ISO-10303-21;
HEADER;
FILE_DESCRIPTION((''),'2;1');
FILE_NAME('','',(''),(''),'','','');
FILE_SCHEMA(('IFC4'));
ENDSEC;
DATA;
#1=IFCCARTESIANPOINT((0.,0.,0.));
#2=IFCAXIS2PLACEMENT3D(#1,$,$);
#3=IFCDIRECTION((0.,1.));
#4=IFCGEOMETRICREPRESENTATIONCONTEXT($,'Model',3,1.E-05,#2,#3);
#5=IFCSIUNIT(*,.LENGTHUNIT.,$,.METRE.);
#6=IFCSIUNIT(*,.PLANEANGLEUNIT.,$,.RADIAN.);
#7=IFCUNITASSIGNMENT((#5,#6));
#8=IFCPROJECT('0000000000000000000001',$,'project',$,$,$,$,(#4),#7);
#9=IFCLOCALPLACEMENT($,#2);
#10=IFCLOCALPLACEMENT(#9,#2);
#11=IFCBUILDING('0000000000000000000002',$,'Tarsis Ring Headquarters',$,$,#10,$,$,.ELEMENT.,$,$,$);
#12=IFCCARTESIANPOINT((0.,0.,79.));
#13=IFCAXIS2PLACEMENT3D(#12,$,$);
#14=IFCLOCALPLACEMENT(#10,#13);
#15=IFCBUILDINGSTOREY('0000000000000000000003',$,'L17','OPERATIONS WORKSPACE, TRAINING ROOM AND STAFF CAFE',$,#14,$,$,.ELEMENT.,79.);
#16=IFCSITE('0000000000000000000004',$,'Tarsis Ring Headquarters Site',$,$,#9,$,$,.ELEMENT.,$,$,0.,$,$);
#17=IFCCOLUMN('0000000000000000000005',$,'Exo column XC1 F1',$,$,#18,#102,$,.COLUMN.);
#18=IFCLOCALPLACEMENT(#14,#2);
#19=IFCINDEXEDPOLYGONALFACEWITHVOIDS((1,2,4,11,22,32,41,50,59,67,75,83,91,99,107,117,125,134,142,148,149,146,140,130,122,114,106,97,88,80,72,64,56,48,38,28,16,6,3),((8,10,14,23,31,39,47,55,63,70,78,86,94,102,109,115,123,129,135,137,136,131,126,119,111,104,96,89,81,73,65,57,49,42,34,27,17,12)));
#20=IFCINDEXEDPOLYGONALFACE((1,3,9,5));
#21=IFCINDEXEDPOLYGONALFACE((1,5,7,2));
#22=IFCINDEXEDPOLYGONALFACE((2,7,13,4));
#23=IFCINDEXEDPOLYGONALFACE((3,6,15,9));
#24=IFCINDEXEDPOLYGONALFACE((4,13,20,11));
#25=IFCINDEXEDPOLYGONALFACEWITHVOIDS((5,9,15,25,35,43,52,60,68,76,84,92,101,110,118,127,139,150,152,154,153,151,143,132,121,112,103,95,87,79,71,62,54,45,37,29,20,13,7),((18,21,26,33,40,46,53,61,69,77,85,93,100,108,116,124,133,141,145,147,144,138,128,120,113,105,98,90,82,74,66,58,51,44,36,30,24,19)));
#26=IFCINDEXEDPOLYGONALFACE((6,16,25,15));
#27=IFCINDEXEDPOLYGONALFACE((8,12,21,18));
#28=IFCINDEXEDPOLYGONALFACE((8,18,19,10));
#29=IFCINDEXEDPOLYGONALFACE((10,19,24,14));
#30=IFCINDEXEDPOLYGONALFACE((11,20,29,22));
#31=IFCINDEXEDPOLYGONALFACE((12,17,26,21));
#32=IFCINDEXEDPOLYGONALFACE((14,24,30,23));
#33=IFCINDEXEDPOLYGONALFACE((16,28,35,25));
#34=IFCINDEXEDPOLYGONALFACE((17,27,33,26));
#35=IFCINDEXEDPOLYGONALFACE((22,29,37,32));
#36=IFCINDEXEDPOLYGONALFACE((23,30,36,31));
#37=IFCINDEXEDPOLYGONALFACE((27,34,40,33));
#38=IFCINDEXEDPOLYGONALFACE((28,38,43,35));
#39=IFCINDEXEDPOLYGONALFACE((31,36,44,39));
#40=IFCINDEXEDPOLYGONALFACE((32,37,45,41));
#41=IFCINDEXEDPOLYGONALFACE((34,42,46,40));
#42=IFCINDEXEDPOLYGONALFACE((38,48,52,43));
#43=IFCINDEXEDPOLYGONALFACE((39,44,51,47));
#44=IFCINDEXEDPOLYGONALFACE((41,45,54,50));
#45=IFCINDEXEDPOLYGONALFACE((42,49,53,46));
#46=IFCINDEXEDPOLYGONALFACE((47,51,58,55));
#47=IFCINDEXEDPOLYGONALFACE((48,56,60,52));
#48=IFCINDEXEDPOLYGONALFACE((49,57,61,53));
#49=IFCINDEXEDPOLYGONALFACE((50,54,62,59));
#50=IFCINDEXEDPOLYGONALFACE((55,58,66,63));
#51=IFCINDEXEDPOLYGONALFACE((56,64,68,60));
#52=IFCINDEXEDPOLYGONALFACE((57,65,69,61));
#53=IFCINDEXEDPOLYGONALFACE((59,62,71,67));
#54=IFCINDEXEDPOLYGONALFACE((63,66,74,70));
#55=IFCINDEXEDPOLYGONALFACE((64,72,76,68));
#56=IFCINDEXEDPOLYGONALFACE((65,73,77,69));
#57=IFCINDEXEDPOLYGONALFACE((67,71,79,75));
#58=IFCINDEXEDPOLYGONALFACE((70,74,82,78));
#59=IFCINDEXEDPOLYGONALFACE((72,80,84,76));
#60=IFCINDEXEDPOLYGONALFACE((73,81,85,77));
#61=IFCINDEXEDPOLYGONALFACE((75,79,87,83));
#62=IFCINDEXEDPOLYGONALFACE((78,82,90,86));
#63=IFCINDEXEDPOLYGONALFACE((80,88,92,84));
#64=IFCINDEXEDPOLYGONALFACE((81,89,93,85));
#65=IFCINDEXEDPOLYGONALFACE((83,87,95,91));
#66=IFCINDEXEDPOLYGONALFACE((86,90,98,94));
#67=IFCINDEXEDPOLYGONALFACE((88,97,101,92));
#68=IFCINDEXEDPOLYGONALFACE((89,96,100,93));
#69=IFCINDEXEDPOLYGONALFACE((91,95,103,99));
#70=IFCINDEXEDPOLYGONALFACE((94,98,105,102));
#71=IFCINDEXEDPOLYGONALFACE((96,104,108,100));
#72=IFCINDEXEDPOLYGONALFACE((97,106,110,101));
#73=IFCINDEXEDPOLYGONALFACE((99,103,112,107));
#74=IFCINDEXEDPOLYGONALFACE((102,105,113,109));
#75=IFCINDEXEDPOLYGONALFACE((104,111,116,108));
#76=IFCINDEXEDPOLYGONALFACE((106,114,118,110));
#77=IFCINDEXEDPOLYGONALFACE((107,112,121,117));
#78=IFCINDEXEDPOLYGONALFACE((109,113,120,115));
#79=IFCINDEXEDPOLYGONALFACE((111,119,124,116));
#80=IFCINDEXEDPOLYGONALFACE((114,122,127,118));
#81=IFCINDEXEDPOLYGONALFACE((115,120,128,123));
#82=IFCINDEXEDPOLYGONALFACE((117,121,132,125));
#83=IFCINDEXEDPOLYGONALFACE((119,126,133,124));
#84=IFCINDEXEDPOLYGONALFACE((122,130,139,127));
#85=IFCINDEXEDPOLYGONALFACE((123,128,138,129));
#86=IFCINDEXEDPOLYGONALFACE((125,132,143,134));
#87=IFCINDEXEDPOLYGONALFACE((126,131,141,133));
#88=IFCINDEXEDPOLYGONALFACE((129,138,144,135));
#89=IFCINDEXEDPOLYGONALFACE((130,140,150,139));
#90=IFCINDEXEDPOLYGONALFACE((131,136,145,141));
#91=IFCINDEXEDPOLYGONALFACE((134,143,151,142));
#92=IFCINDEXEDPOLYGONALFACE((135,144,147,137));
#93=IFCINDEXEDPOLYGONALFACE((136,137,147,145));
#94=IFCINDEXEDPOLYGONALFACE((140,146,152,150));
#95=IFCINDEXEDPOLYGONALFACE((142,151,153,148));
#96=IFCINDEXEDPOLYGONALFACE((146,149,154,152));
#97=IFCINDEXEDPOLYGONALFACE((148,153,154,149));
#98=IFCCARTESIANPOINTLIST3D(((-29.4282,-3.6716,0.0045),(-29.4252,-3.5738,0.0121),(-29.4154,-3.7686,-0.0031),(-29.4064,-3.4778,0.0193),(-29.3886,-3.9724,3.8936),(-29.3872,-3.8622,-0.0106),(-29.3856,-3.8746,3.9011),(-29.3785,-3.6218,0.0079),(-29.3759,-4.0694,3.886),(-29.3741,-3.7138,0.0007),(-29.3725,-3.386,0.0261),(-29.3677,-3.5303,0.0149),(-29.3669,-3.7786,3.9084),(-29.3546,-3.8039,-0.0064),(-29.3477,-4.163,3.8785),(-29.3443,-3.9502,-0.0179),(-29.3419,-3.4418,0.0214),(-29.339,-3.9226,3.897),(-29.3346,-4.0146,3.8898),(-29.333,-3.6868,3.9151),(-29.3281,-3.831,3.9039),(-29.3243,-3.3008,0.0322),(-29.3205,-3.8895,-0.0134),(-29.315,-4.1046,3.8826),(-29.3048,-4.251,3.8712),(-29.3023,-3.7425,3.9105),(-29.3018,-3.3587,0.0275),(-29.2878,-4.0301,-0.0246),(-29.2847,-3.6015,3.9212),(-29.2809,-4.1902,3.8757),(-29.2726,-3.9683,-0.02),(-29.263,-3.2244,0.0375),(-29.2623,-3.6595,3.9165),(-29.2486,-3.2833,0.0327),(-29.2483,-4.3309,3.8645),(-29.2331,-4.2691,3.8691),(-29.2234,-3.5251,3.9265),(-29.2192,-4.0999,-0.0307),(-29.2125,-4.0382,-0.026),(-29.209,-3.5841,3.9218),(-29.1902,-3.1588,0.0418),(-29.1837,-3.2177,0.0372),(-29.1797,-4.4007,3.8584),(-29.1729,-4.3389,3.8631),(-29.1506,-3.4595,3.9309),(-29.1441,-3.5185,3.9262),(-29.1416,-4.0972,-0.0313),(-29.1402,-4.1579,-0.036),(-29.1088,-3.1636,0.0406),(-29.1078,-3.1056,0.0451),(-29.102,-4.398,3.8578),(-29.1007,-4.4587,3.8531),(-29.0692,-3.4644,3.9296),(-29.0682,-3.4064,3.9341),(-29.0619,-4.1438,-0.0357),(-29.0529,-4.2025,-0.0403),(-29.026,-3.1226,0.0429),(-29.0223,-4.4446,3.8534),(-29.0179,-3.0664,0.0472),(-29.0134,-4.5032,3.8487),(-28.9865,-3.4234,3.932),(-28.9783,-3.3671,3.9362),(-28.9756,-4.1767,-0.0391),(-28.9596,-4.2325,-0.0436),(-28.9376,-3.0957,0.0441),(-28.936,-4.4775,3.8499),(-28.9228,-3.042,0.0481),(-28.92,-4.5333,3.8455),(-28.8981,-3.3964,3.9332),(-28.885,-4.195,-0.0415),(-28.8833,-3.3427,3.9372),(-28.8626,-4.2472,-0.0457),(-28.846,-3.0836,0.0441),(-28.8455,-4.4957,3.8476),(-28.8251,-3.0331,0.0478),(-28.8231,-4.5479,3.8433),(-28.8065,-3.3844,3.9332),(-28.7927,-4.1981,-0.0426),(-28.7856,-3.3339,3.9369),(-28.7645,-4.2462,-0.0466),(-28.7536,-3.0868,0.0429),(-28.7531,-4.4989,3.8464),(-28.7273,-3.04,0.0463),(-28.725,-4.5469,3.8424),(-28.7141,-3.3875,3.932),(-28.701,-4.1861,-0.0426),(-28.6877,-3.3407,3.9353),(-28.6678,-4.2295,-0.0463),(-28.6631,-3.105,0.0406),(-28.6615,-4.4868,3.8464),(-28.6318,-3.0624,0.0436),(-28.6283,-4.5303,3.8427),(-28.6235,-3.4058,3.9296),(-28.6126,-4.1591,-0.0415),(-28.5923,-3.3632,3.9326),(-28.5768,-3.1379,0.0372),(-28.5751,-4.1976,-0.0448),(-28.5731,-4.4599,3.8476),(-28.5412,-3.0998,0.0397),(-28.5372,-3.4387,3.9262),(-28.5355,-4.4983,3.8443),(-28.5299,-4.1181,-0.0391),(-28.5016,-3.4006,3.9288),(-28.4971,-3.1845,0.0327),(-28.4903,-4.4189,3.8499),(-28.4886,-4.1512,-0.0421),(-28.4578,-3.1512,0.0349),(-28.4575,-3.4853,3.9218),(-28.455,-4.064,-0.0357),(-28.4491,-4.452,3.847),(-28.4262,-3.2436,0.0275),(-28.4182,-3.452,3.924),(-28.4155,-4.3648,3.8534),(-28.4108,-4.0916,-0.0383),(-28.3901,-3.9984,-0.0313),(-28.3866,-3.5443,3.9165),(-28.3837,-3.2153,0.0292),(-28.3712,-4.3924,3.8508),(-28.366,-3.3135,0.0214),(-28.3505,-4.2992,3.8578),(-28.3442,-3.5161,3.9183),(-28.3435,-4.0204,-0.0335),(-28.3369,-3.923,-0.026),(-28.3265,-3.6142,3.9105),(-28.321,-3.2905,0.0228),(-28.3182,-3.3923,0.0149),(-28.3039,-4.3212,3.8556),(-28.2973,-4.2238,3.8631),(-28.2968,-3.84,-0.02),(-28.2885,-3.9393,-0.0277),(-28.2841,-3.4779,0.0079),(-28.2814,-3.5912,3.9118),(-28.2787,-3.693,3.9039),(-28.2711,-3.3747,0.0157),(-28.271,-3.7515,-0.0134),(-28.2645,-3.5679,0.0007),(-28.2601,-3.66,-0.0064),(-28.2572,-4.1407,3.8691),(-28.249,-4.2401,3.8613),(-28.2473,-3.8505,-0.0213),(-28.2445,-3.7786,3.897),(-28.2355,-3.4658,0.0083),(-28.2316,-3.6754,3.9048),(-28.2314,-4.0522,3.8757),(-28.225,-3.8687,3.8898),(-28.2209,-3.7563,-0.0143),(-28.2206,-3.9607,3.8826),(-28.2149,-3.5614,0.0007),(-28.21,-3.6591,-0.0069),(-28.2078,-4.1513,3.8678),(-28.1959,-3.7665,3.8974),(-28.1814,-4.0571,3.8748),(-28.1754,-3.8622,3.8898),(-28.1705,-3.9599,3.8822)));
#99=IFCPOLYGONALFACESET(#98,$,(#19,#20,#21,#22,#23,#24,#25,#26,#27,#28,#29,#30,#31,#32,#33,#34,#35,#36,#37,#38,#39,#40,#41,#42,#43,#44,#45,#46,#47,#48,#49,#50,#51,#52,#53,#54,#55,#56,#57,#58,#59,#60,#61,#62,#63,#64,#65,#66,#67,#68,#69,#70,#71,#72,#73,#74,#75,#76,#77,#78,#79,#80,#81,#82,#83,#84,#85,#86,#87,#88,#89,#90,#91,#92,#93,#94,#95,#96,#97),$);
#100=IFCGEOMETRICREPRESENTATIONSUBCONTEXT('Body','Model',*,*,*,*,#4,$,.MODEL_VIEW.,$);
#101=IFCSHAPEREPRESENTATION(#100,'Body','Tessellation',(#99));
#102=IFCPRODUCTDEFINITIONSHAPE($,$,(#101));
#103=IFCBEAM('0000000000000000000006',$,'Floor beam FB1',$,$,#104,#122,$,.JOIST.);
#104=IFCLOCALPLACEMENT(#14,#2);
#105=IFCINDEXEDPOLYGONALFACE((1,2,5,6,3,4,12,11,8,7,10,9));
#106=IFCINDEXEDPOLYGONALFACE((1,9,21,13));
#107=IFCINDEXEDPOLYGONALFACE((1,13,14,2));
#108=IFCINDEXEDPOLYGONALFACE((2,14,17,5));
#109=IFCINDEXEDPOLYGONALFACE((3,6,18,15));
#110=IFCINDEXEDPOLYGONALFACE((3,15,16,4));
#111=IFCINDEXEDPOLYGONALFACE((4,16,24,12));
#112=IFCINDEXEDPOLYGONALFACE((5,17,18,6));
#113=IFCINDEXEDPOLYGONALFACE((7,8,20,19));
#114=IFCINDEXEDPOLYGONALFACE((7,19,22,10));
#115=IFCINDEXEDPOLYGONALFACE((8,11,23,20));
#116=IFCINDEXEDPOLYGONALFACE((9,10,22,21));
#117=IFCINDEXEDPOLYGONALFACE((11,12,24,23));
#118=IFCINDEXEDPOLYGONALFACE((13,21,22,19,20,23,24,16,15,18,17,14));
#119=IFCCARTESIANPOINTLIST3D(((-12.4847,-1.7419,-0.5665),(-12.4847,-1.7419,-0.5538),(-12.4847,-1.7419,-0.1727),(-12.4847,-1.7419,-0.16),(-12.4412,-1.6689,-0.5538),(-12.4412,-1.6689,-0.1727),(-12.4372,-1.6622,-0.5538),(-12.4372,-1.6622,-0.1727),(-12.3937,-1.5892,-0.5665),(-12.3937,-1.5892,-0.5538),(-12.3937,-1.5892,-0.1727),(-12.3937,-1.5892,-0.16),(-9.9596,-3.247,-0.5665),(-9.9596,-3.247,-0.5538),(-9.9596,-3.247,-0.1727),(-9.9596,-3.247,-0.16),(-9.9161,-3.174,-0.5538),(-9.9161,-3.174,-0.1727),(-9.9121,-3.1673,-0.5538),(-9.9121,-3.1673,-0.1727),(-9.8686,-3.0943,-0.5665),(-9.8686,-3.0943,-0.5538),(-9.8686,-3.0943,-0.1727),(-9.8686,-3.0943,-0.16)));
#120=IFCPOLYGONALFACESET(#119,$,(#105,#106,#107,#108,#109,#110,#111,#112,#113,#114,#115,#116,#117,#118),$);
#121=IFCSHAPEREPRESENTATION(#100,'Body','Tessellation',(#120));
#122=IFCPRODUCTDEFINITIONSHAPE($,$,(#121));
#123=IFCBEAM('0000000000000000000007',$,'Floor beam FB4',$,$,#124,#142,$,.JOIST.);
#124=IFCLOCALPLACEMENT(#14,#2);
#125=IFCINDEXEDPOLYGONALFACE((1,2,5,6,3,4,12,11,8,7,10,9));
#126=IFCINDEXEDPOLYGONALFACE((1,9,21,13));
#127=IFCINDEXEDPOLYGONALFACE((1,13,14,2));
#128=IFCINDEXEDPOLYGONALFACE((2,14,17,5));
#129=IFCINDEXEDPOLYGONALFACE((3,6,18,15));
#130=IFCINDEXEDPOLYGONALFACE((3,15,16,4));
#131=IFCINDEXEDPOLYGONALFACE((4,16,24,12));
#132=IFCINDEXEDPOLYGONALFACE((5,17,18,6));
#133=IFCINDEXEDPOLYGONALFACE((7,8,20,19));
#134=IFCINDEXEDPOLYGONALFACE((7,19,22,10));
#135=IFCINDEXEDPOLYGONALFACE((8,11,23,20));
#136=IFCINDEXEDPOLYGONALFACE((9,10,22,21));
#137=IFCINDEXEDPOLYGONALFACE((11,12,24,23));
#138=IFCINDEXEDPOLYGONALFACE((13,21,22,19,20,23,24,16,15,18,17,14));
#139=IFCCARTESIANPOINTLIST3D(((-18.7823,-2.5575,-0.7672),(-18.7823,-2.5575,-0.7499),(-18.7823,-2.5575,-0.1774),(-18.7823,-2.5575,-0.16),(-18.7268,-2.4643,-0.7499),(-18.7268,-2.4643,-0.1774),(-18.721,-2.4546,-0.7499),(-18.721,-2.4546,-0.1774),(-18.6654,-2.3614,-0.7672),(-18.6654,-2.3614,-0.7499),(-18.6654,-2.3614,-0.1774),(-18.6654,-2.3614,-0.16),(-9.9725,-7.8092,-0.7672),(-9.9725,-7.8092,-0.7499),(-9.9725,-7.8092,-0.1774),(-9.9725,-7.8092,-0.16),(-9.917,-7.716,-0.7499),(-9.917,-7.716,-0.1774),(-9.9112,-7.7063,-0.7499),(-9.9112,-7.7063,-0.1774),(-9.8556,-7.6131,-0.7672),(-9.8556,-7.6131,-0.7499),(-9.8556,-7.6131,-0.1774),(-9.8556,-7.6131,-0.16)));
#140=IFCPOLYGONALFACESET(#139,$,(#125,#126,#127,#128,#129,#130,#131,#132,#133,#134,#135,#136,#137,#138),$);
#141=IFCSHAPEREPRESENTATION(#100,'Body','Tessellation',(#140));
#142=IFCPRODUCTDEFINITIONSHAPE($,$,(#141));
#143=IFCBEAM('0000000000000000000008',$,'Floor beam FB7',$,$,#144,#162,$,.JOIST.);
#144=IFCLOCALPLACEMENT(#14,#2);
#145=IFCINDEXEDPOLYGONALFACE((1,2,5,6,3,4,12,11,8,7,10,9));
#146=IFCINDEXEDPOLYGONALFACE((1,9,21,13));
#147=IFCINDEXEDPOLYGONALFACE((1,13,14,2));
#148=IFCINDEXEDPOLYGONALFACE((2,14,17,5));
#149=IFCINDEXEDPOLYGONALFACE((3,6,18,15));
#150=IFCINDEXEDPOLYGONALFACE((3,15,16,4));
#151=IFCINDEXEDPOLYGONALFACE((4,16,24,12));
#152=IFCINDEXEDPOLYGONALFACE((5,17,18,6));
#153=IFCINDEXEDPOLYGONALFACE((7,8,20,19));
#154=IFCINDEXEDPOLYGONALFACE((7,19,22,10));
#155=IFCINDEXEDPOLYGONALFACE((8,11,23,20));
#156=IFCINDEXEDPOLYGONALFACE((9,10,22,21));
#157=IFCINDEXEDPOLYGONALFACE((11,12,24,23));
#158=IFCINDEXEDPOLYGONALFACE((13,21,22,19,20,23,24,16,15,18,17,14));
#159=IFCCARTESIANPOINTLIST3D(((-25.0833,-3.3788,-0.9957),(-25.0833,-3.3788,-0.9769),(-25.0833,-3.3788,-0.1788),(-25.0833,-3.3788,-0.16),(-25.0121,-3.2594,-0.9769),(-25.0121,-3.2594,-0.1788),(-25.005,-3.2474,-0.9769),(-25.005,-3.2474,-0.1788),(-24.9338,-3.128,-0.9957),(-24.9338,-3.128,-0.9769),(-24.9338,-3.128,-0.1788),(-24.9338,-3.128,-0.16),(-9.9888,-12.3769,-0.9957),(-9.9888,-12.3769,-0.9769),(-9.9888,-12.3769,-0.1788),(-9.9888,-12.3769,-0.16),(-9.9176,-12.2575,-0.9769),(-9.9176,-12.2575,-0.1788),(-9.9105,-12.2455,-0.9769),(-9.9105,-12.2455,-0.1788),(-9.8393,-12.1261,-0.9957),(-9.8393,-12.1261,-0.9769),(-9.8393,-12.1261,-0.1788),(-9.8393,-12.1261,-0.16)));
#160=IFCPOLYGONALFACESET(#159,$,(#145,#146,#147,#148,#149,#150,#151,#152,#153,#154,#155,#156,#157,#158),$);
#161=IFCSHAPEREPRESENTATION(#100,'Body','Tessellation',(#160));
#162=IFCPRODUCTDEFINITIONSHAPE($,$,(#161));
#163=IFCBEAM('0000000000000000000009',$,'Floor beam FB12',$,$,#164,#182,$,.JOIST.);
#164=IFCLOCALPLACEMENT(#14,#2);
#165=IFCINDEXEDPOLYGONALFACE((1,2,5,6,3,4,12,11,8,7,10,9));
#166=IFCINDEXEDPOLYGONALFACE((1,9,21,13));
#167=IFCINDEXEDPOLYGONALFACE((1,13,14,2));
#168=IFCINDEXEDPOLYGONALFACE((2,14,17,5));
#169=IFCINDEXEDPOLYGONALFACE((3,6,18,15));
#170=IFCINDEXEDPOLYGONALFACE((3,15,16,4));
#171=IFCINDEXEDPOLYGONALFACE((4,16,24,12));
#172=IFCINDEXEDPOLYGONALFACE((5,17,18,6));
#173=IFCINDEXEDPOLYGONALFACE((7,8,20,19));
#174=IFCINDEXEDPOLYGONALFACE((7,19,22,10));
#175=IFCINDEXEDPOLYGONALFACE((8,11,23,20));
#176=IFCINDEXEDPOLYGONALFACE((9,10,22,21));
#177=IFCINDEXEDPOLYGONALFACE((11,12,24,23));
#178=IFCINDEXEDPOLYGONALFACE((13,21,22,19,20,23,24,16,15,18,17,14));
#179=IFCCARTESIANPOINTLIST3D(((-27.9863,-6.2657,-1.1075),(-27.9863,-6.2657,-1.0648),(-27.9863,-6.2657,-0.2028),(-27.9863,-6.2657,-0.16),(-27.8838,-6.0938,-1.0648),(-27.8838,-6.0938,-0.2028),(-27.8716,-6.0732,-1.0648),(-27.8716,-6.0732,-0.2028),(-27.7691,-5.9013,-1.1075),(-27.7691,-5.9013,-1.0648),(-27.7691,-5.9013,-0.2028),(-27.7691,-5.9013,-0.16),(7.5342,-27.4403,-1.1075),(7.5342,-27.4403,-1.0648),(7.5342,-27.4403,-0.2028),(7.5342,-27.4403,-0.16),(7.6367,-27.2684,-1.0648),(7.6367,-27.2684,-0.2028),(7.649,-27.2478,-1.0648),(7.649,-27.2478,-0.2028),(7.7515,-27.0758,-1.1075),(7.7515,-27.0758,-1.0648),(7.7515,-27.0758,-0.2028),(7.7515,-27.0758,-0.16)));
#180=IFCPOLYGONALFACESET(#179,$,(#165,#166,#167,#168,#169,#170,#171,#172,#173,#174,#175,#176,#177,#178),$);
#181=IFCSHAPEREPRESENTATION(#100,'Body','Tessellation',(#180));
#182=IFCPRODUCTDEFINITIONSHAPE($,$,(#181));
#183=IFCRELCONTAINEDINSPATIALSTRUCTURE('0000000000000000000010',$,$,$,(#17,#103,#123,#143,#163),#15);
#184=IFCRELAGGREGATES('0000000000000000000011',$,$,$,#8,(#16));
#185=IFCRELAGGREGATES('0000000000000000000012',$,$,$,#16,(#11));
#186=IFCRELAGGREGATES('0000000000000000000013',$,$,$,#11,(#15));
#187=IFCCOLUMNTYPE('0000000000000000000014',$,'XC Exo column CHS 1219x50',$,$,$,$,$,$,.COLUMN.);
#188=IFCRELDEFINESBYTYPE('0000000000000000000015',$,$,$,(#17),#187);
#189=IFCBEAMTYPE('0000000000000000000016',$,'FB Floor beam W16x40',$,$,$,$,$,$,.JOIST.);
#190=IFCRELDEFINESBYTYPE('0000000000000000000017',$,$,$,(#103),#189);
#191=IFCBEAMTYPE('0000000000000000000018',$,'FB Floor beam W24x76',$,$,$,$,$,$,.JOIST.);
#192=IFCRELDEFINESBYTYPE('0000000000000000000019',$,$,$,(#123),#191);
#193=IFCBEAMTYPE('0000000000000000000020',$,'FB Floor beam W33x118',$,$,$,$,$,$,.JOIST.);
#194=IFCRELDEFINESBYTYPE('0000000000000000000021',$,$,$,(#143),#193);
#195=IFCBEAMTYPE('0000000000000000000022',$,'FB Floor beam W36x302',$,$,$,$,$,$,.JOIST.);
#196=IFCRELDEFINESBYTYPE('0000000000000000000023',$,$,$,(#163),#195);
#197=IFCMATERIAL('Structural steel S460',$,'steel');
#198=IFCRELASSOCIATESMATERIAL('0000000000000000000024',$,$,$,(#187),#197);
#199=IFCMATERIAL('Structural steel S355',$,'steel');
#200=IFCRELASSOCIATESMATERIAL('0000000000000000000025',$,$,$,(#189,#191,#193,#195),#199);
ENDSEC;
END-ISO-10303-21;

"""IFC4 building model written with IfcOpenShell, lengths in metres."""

from ifc_helpers import new_model, si_unit, direction, frame, origin, origin_2d, place, context, subcontext, project, spatial, hollow_circle, i_section, extrude, material, material_profile, profile_set, type_object, element, save


model = new_model("IFC4")

# Units and contexts
model_context = context("Model", 3, precision=1e-05, world=origin(), true_north=direction((0.0, 1.0)))
body_context = subcontext(model_context, "Body", "Model", "MODEL_VIEW")
ifc_project = project(units=[si_unit("LENGTHUNIT", "METRE"), si_unit("PLANEANGLEUNIT", "RADIAN")], contexts=[model_context])

# Site, building, storey
site_placement = place(None, origin())
site = spatial("IfcSite", under=ifc_project, at=site_placement, Name="Tarsis Ring Headquarters Site", CompositionType="ELEMENT", RefElevation=0.0)
building_placement = place(site_placement, origin())
building = spatial("IfcBuilding", under=site, at=building_placement, Name="Tarsis Ring Headquarters", CompositionType="ELEMENT")
storey_placement = place(building_placement, frame((0.0, 0.0, 79.0)))
storey = spatial("IfcBuildingStorey", under=building, at=storey_placement, Name="L17", Description="OPERATIONS WORKSPACE, TRAINING ROOM AND STAFF CAFE", CompositionType="ELEMENT", Elevation=79.0)

# Column
ifc_material_1 = material(Name="Structural steel S460", Category="steel")
ifc_material_profile_1 = material_profile(ifc_material_1, hollow_circle(Radius=0.6096, WallThickness=0.05, at=origin_2d()), Name="CHS 1219x50")
ifc_profile_set_1 = profile_set([ifc_material_profile_1], Name="Structural steel S460")
column_type = type_object("IfcColumnType", Name="XC Exo column CHS 1219x50", PredefinedType="COLUMN", material=ifc_profile_set_1)
column_placement = place(storey_placement, frame((-28.8193, -3.6409, 0.0007), z_axis=(0.010139, -0.077104, 0.996971), x_axis=(0.991465, 0.130371, 0.0)))
element("IfcColumn", 1, at=column_placement, inside=storey, type_object=column_type, Name="Exo column XC1 F1", PredefinedType="COLUMN", context=body_context, shape_type="SweptSolid", body=[
    extrude(hollow_circle(Radius=0.6096, WallThickness=0.05, at=origin_2d()), origin(), (0.0, 0.0, 1.0), 3.9009),
])

# Beams
ifc_material_2 = material(Name="Structural steel S355", Category="steel")
ifc_material_profile_2 = material_profile(ifc_material_2, i_section(OverallWidth=0.1777, OverallDepth=0.4065, WebThickness=0.0078, FlangeThickness=0.0127, at=origin_2d()), Name="W16x40")
ifc_profile_set_2 = profile_set([ifc_material_profile_2], Name="Structural steel S355")
beam_type_1 = type_object("IfcBeamType", Name="FB Floor beam W16x40", PredefinedType="JOIST", material=ifc_profile_set_2)
beam_1_placement = place(storey_placement, frame((-12.4392, -1.6655, -0.3633), z_axis=(0.858984, -0.512002, 0.0), x_axis=(0.512002, 0.858984, 0.0)))
element("IfcBeam", 2, at=beam_1_placement, inside=storey, type_object=beam_type_1, Name="Floor beam FB1", PredefinedType="JOIST", context=body_context, shape_type="SweptSolid", body=[
    extrude(i_section(OverallWidth=0.1777, OverallDepth=0.4065, WebThickness=0.0078, FlangeThickness=0.0127, at=origin_2d()), origin(), (0.0, 0.0, 1.0), 2.9397),
])
ifc_material_profile_3 = material_profile(ifc_material_2, i_section(OverallWidth=0.2283, OverallDepth=0.6072, WebThickness=0.0112, FlangeThickness=0.0173, at=origin_2d()), Name="W24x76")
ifc_profile_set_3 = profile_set([ifc_material_profile_3], Name="Structural steel S355")
beam_type_2 = type_object("IfcBeamType", Name="FB Floor beam W24x76", PredefinedType="JOIST", material=ifc_profile_set_3)
beam_2_placement = place(storey_placement, frame((-18.7239, -2.4595, -0.4636), z_axis=(0.85896, -0.512043, 0.0), x_axis=(0.512043, 0.85896, 0.0)))
element("IfcBeam", 3, at=beam_2_placement, inside=storey, type_object=beam_type_2, Name="Floor beam FB4", PredefinedType="JOIST", context=body_context, shape_type="SweptSolid", body=[
    extrude(i_section(OverallWidth=0.2283, OverallDepth=0.6072, WebThickness=0.0112, FlangeThickness=0.0173, at=origin_2d()), origin(), (0.0, 0.0, 1.0), 10.2563),
])
ifc_material_profile_4 = material_profile(ifc_material_2, i_section(OverallWidth=0.292, OverallDepth=0.8357, WebThickness=0.0139, FlangeThickness=0.0188, at=origin_2d()), Name="W33x118")
ifc_profile_set_4 = profile_set([ifc_material_profile_4], Name="Structural steel S355")
beam_type_3 = type_object("IfcBeamType", Name="FB Floor beam W33x118", PredefinedType="JOIST", material=ifc_profile_set_4)
beam_3_placement = place(storey_placement, frame((-25.0085, -3.2534, -0.5779), z_axis=(0.858962, -0.51204, 0.0), x_axis=(0.51204, 0.858962, 0.0)))
element("IfcBeam", 4, at=beam_3_placement, inside=storey, type_object=beam_type_3, Name="Floor beam FB7", PredefinedType="JOIST", context=body_context, shape_type="SweptSolid", body=[
    extrude(i_section(OverallWidth=0.292, OverallDepth=0.8357, WebThickness=0.0139, FlangeThickness=0.0188, at=origin_2d()), origin(), (0.0, 0.0, 1.0), 17.573),
])
ifc_material_profile_5 = material_profile(ifc_material_2, i_section(OverallWidth=0.4243, OverallDepth=0.9475, WebThickness=0.0239, FlangeThickness=0.0427, at=origin_2d()), Name="W36x302")
ifc_profile_set_5 = profile_set([ifc_material_profile_5], Name="Structural steel S355")
beam_type_4 = type_object("IfcBeamType", Name="FB Floor beam W36x302", PredefinedType="JOIST", material=ifc_profile_set_5)
beam_4_placement = place(storey_placement, frame((-27.8777, -6.0835, -0.6338), z_axis=(0.858959, -0.512044, 0.0), x_axis=(0.512044, 0.858959, 0.0)))
element("IfcBeam", 5, at=beam_4_placement, inside=storey, type_object=beam_type_4, Name="Floor beam FB12", PredefinedType="JOIST", context=body_context, shape_type="SweptSolid", body=[
    extrude(i_section(OverallWidth=0.4243, OverallDepth=0.9475, WebThickness=0.0239, FlangeThickness=0.0427, at=origin_2d()), origin(), (0.0, 0.0, 1.0), 41.353),
])

save(model, "model.ifc")
